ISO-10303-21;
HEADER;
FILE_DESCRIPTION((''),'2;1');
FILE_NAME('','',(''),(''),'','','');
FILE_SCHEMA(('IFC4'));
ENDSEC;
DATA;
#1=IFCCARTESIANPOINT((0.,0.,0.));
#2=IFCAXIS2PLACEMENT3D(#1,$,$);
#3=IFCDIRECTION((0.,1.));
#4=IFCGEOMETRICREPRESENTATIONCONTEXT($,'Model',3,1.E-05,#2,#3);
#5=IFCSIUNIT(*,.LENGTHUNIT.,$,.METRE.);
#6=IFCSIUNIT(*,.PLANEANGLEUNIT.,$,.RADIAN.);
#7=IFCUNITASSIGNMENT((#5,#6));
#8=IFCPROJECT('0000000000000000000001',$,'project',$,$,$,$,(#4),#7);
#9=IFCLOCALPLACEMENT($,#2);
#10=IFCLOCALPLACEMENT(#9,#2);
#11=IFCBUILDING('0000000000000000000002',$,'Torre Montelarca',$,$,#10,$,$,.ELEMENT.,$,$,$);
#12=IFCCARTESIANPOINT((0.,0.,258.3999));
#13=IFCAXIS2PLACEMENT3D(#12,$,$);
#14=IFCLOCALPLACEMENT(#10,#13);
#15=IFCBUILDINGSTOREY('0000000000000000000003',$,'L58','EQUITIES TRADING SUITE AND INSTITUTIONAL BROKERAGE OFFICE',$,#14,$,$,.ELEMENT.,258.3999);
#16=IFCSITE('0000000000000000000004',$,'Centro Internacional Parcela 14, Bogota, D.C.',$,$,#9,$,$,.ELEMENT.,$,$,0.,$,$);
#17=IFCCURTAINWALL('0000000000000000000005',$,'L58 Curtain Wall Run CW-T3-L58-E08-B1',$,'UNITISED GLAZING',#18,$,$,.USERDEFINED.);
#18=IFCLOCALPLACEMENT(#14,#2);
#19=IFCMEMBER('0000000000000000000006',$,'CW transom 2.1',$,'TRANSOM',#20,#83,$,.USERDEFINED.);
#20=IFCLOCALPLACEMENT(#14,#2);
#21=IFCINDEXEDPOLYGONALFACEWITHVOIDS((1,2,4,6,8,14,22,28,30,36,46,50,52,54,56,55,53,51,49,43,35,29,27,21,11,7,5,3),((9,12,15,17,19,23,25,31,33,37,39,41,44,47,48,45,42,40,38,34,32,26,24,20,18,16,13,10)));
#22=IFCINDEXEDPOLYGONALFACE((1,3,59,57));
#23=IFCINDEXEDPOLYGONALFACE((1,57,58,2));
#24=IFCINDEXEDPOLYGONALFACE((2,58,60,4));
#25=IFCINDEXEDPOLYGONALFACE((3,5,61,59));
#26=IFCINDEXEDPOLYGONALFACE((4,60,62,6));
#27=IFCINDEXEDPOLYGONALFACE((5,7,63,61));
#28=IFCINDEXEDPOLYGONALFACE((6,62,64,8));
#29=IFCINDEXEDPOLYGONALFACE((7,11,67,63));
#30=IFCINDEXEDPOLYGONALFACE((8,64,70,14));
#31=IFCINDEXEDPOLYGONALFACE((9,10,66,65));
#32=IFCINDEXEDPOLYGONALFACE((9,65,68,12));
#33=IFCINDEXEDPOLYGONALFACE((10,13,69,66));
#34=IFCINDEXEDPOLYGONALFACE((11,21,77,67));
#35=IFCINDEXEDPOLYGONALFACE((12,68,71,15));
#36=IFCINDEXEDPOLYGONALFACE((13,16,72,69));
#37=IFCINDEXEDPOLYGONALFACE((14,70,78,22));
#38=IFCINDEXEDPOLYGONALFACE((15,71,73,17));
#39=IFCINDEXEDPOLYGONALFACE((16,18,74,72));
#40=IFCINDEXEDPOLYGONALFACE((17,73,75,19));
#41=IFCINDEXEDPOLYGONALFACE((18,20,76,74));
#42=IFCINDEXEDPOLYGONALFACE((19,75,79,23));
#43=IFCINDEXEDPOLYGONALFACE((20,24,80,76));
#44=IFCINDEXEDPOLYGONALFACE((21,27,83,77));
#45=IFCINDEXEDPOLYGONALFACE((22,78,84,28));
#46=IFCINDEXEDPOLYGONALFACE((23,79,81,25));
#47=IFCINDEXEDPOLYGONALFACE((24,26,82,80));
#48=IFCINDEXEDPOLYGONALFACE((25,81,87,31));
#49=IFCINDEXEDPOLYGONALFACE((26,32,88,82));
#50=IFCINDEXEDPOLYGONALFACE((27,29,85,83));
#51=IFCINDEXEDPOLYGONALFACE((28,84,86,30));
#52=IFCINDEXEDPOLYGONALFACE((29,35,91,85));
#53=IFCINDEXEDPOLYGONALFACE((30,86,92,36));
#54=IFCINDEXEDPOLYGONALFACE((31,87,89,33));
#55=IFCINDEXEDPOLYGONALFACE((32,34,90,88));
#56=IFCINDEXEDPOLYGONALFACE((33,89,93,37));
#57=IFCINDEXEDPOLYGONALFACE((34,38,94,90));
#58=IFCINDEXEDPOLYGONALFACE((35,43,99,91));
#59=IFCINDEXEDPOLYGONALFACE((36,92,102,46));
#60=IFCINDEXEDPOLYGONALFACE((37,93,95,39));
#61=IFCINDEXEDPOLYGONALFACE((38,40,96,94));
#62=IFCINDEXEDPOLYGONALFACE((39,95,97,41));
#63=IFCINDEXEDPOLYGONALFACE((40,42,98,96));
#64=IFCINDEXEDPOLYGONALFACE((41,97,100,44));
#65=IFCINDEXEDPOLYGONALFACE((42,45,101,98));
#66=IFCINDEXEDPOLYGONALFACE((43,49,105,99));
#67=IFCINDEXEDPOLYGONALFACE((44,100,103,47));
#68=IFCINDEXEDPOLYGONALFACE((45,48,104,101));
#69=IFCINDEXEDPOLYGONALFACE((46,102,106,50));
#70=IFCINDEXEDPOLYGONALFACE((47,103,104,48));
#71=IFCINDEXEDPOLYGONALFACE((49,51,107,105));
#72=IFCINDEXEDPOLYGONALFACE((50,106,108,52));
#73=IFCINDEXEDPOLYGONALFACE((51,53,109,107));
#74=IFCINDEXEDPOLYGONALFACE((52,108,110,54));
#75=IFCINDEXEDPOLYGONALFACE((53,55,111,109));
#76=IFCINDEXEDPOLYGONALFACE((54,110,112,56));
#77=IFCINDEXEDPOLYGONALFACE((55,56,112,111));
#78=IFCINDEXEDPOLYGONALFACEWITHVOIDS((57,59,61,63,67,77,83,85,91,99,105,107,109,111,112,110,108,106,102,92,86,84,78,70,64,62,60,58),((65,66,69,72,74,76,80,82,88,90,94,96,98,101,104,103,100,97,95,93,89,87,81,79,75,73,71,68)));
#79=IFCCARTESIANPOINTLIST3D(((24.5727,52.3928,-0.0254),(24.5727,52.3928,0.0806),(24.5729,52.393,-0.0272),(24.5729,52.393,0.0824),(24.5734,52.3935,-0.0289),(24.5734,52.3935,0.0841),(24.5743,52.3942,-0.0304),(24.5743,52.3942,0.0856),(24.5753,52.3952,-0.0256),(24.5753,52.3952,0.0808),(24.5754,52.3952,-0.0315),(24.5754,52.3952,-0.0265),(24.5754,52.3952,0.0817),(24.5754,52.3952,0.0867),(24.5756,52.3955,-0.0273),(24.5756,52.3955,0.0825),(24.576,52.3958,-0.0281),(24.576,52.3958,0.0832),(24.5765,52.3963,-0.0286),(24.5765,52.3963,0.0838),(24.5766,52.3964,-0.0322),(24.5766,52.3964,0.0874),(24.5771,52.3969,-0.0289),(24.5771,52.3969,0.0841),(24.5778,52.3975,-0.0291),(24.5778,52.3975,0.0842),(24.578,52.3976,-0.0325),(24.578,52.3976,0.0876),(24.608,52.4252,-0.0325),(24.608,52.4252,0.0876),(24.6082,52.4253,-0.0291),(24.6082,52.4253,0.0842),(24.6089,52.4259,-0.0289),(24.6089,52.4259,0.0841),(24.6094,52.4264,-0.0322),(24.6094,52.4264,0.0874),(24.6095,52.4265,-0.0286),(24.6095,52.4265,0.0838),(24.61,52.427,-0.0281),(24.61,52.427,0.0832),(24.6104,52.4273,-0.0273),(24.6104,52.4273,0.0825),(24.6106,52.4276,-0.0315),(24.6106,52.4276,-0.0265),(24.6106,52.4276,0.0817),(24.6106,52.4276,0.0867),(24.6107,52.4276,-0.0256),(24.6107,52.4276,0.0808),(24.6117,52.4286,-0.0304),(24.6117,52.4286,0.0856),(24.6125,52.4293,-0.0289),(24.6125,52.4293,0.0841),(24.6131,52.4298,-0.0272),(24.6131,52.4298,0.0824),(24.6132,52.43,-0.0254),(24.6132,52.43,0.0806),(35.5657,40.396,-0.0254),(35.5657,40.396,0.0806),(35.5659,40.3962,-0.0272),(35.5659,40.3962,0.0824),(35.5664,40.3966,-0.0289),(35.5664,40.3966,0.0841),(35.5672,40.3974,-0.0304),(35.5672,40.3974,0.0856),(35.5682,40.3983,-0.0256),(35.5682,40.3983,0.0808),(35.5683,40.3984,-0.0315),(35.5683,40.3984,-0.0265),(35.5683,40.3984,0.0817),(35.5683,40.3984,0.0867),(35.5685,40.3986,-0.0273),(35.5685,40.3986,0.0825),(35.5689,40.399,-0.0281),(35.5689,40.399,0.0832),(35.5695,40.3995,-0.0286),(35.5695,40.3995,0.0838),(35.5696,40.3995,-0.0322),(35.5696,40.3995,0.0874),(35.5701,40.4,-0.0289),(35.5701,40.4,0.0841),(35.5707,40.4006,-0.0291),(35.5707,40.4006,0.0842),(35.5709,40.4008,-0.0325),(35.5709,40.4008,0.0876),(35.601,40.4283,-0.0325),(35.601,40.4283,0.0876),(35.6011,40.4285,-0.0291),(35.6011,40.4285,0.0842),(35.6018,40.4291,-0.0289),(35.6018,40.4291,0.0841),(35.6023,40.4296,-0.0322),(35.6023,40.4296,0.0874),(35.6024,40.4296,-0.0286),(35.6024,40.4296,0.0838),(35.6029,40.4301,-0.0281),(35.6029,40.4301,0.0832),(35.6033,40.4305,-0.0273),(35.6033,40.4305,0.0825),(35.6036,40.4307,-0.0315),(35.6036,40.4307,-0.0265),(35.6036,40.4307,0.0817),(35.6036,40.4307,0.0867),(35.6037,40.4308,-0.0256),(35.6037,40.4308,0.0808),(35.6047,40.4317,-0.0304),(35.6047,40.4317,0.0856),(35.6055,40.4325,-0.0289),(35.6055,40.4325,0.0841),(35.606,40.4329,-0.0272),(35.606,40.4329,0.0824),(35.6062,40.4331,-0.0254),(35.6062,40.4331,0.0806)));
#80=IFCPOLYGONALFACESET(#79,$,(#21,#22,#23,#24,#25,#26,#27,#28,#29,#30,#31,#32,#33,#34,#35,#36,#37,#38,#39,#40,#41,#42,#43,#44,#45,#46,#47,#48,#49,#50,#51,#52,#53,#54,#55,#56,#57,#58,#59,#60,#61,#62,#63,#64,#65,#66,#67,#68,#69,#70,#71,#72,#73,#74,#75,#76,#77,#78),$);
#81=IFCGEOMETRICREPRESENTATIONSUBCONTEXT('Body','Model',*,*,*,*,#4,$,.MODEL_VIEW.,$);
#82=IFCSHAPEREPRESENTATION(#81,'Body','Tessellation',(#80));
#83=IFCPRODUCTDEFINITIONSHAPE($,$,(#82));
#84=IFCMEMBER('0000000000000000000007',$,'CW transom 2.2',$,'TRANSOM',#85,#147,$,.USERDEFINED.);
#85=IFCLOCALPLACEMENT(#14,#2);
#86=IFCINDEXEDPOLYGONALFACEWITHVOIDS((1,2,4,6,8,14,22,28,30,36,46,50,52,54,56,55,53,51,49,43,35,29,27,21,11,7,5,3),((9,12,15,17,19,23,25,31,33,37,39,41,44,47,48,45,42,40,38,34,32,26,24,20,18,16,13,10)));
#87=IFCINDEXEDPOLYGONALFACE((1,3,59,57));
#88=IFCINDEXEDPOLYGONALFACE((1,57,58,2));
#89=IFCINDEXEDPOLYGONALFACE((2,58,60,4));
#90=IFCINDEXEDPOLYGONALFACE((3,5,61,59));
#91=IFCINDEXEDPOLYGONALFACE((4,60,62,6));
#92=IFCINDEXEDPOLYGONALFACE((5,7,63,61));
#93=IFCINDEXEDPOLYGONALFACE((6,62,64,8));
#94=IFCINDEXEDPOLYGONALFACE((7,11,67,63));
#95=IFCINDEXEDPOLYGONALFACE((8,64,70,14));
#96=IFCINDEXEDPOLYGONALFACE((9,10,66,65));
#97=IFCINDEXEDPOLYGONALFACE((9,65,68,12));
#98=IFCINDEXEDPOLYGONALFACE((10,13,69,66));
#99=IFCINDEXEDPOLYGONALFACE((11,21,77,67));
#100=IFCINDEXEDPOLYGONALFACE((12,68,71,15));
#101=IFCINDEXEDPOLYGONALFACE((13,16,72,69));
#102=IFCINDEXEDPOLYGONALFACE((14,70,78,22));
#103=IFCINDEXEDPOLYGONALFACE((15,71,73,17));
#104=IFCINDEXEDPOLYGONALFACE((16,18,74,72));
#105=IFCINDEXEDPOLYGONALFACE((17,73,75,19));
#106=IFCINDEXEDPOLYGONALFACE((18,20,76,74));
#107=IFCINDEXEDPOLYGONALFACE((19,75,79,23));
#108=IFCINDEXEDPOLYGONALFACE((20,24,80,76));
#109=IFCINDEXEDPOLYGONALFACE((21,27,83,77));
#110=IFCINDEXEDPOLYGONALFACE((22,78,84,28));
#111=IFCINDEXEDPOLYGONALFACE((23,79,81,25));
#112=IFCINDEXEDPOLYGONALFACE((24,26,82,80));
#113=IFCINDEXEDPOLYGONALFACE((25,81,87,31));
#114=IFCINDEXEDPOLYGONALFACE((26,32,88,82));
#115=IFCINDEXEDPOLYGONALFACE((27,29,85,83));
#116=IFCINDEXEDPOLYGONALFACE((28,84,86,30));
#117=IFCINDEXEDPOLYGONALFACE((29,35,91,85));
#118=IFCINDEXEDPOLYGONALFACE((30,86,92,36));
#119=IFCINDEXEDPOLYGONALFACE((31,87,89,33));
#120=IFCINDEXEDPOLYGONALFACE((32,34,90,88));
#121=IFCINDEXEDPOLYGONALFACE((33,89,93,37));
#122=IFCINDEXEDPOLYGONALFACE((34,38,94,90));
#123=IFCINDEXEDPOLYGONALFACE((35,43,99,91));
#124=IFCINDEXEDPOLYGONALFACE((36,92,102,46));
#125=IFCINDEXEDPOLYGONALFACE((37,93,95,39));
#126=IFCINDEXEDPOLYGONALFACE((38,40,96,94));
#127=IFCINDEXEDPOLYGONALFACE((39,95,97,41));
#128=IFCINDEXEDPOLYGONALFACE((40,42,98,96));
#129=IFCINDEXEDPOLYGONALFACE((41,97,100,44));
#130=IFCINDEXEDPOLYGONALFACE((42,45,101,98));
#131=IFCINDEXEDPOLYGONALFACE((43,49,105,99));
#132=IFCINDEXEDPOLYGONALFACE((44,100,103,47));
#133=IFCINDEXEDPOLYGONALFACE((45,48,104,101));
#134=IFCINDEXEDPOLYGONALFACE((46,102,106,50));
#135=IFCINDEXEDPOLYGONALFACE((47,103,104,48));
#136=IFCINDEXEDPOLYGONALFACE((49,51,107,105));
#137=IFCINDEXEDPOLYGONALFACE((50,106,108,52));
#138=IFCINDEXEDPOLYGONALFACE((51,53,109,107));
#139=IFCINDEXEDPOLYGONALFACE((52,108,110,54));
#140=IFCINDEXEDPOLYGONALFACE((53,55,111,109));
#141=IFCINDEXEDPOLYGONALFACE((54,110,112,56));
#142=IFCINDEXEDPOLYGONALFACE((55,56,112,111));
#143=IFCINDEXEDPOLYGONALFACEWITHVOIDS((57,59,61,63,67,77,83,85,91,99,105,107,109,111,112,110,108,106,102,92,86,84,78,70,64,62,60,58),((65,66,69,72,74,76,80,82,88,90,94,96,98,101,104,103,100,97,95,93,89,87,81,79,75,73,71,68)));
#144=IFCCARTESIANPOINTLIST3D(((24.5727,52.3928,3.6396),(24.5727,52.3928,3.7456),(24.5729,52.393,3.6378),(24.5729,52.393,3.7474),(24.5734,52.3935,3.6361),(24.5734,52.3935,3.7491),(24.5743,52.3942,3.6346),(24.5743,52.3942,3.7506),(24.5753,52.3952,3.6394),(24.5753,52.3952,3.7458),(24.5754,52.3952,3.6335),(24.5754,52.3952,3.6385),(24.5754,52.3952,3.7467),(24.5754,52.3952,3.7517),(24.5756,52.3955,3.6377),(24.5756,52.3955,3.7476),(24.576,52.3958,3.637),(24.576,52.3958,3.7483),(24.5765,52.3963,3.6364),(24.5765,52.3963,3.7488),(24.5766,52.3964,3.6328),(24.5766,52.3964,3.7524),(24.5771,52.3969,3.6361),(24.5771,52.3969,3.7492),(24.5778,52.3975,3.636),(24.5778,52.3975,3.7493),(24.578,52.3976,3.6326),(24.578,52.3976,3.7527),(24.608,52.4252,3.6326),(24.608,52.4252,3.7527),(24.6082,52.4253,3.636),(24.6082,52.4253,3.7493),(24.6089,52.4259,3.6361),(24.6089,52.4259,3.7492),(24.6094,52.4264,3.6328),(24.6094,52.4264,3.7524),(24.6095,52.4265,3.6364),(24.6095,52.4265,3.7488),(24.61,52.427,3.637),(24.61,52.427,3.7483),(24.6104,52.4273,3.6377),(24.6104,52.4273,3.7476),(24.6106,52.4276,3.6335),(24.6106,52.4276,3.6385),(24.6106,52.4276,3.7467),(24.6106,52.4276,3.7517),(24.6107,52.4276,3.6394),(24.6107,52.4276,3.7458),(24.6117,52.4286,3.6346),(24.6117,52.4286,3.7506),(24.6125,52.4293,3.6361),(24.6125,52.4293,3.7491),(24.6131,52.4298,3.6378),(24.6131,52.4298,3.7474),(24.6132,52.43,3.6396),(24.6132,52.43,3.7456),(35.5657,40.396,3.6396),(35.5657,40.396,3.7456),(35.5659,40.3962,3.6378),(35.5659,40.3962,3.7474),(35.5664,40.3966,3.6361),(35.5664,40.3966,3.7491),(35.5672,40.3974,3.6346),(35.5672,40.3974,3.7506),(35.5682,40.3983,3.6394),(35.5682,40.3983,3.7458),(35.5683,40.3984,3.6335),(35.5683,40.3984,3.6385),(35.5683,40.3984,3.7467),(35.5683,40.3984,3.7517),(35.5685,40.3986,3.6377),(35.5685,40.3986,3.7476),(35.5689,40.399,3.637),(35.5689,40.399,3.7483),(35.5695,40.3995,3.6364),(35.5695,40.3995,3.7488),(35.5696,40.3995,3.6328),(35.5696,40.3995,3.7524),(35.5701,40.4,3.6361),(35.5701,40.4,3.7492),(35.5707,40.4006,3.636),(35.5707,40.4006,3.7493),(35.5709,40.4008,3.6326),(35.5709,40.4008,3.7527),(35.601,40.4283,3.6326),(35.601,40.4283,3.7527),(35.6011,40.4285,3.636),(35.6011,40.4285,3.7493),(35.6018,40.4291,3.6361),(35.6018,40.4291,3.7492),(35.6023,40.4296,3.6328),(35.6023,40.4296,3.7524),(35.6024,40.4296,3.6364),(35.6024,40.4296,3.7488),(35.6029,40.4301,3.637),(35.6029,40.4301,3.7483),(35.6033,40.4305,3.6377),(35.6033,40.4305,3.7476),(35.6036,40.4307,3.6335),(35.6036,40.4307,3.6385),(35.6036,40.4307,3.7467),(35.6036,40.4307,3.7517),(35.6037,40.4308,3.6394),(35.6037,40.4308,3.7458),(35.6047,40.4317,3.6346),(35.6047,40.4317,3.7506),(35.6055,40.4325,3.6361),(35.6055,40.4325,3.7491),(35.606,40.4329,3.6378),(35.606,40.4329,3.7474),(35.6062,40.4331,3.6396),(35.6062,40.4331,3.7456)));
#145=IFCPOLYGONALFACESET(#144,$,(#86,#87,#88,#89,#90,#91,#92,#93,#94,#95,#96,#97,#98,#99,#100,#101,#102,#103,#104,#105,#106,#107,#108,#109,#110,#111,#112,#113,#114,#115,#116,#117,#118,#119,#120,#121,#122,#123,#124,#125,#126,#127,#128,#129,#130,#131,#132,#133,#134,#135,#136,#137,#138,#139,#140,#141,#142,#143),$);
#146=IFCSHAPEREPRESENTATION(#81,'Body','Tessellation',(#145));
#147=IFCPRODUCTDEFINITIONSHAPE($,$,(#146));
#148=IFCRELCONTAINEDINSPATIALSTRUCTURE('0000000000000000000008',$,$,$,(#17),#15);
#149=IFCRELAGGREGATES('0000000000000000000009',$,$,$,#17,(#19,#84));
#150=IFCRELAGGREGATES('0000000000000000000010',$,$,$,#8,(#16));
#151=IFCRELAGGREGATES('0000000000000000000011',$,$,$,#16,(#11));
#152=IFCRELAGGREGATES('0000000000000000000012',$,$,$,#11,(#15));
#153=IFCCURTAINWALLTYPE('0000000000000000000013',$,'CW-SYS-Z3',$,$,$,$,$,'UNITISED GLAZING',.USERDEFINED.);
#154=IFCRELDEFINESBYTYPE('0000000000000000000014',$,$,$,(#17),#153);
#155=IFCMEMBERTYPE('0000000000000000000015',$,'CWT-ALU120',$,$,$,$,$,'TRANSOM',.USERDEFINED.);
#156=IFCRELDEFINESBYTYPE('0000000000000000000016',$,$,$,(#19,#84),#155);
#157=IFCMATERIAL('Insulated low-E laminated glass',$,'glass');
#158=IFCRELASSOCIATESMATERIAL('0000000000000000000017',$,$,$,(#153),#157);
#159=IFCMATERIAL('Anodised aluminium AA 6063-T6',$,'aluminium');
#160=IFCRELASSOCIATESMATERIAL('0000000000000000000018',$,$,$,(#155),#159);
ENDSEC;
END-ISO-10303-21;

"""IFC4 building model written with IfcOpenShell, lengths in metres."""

from ifc_helpers import new_model, si_unit, direction, frame, origin, origin_2d, place, context, subcontext, project, spatial, hollow_rectangle, extrude, source, transform, mapped, material, material_profile, profile_set, type_object, element, aggregate, save


model = new_model("IFC4")

# Units and contexts
model_context = context("Model", 3, precision=1e-05, world=origin(), true_north=direction((0.0, 1.0)))
body_context = subcontext(model_context, "Body", "Model", "MODEL_VIEW")
ifc_project = project(units=[si_unit("LENGTHUNIT", "METRE"), si_unit("PLANEANGLEUNIT", "RADIAN")], contexts=[model_context])

# Site, building, storey
site_placement = place(None, origin())
site = spatial("IfcSite", under=ifc_project, at=site_placement, Name="Centro Internacional Parcela 14, Bogota, D.C.", CompositionType="ELEMENT", RefElevation=0.0)
building_placement = place(site_placement, origin())
building = spatial("IfcBuilding", under=site, at=building_placement, Name="Torre Montelarca", CompositionType="ELEMENT")
storey_placement = place(building_placement, frame((0.0, 0.0, 258.3999)))
storey = spatial("IfcBuildingStorey", under=building, at=storey_placement, Name="L58", Description="EQUITIES TRADING SUITE AND INSTITUTIONAL BROKERAGE OFFICE", CompositionType="ELEMENT", Elevation=258.3999)

# Curtain wall
ifc_material_1 = material(Name="Insulated low-E laminated glass", Category="glass")
curtain_wall_type = type_object("IfcCurtainWallType", Name="CW-SYS-Z3", ElementType="UNITISED GLAZING", PredefinedType="USERDEFINED", material=ifc_material_1)
ifc_material_2 = material(Name="Anodised aluminium AA 6063-T6", Category="aluminium")
ifc_material_profile_1 = material_profile(ifc_material_2, hollow_rectangle(XDim=0.0549, YDim=0.1201, WallThickness=0.0034, InnerFilletRadius=0.0034, OuterFilletRadius=0.0071, at=origin_2d()), Name="ALU55X120X3.5", Category="aluminium")
ifc_profile_set_1 = profile_set([ifc_material_profile_1], Name="Anodised aluminium AA 6063-T6")
member_type_1 = type_object("IfcMemberType", Name="CWT-ALU120", ElementType="TRANSOM", PredefinedType="USERDEFINED", material=ifc_profile_set_1)
curtain_wall_1_placement = place(storey_placement, origin())
curtain_wall_1 = element("IfcCurtainWall", 1, at=curtain_wall_1_placement, inside=storey, type_object=curtain_wall_type, Name="L58 Curtain Wall Run CW-T3-L58-E08-B1", ObjectType="UNITISED GLAZING", PredefinedType="USERDEFINED")

# Members
shared_shape_1 = source(origin(), body_context, "Body", "SweptSolid", [
    extrude(hollow_rectangle(XDim=0.0549, YDim=0.1201, WallThickness=0.0034, InnerFilletRadius=0.0034, OuterFilletRadius=0.0071, at=origin_2d()), origin(), (0.0, 0.0, 1.0), 16.2717),
])
member_1_placement = place(storey_placement, frame((35.5859, 40.4146, 0.0276), z_axis=(-0.675585, 0.737282, 0.0), x_axis=(-0.737282, -0.675585, 0.0)))
member_1 = element("IfcMember", 2, at=member_1_placement, type_object=member_type_1, Name="CW transom 2.1", ObjectType="TRANSOM", PredefinedType="USERDEFINED", context=body_context, shape_type="MappedRepresentation", body=[
    mapped(shared_shape_1, transform((0.0, 0.0, 0.0), scale=1.0)),
])
member_2_placement = place(storey_placement, frame((35.5859, 40.4146, 3.6926), z_axis=(-0.675585, 0.737282, 0.0), x_axis=(-0.737282, -0.675585, 0.0)))
member_2 = element("IfcMember", 3, at=member_2_placement, type_object=member_type_1, Name="CW transom 2.2", ObjectType="TRANSOM", PredefinedType="USERDEFINED", context=body_context, shape_type="MappedRepresentation", body=[
    mapped(shared_shape_1, transform((0.0, 0.0, 0.0), scale=1.0)),
])

aggregate(curtain_wall_1, [member_1, member_2])

save(model, "model.ifc")
